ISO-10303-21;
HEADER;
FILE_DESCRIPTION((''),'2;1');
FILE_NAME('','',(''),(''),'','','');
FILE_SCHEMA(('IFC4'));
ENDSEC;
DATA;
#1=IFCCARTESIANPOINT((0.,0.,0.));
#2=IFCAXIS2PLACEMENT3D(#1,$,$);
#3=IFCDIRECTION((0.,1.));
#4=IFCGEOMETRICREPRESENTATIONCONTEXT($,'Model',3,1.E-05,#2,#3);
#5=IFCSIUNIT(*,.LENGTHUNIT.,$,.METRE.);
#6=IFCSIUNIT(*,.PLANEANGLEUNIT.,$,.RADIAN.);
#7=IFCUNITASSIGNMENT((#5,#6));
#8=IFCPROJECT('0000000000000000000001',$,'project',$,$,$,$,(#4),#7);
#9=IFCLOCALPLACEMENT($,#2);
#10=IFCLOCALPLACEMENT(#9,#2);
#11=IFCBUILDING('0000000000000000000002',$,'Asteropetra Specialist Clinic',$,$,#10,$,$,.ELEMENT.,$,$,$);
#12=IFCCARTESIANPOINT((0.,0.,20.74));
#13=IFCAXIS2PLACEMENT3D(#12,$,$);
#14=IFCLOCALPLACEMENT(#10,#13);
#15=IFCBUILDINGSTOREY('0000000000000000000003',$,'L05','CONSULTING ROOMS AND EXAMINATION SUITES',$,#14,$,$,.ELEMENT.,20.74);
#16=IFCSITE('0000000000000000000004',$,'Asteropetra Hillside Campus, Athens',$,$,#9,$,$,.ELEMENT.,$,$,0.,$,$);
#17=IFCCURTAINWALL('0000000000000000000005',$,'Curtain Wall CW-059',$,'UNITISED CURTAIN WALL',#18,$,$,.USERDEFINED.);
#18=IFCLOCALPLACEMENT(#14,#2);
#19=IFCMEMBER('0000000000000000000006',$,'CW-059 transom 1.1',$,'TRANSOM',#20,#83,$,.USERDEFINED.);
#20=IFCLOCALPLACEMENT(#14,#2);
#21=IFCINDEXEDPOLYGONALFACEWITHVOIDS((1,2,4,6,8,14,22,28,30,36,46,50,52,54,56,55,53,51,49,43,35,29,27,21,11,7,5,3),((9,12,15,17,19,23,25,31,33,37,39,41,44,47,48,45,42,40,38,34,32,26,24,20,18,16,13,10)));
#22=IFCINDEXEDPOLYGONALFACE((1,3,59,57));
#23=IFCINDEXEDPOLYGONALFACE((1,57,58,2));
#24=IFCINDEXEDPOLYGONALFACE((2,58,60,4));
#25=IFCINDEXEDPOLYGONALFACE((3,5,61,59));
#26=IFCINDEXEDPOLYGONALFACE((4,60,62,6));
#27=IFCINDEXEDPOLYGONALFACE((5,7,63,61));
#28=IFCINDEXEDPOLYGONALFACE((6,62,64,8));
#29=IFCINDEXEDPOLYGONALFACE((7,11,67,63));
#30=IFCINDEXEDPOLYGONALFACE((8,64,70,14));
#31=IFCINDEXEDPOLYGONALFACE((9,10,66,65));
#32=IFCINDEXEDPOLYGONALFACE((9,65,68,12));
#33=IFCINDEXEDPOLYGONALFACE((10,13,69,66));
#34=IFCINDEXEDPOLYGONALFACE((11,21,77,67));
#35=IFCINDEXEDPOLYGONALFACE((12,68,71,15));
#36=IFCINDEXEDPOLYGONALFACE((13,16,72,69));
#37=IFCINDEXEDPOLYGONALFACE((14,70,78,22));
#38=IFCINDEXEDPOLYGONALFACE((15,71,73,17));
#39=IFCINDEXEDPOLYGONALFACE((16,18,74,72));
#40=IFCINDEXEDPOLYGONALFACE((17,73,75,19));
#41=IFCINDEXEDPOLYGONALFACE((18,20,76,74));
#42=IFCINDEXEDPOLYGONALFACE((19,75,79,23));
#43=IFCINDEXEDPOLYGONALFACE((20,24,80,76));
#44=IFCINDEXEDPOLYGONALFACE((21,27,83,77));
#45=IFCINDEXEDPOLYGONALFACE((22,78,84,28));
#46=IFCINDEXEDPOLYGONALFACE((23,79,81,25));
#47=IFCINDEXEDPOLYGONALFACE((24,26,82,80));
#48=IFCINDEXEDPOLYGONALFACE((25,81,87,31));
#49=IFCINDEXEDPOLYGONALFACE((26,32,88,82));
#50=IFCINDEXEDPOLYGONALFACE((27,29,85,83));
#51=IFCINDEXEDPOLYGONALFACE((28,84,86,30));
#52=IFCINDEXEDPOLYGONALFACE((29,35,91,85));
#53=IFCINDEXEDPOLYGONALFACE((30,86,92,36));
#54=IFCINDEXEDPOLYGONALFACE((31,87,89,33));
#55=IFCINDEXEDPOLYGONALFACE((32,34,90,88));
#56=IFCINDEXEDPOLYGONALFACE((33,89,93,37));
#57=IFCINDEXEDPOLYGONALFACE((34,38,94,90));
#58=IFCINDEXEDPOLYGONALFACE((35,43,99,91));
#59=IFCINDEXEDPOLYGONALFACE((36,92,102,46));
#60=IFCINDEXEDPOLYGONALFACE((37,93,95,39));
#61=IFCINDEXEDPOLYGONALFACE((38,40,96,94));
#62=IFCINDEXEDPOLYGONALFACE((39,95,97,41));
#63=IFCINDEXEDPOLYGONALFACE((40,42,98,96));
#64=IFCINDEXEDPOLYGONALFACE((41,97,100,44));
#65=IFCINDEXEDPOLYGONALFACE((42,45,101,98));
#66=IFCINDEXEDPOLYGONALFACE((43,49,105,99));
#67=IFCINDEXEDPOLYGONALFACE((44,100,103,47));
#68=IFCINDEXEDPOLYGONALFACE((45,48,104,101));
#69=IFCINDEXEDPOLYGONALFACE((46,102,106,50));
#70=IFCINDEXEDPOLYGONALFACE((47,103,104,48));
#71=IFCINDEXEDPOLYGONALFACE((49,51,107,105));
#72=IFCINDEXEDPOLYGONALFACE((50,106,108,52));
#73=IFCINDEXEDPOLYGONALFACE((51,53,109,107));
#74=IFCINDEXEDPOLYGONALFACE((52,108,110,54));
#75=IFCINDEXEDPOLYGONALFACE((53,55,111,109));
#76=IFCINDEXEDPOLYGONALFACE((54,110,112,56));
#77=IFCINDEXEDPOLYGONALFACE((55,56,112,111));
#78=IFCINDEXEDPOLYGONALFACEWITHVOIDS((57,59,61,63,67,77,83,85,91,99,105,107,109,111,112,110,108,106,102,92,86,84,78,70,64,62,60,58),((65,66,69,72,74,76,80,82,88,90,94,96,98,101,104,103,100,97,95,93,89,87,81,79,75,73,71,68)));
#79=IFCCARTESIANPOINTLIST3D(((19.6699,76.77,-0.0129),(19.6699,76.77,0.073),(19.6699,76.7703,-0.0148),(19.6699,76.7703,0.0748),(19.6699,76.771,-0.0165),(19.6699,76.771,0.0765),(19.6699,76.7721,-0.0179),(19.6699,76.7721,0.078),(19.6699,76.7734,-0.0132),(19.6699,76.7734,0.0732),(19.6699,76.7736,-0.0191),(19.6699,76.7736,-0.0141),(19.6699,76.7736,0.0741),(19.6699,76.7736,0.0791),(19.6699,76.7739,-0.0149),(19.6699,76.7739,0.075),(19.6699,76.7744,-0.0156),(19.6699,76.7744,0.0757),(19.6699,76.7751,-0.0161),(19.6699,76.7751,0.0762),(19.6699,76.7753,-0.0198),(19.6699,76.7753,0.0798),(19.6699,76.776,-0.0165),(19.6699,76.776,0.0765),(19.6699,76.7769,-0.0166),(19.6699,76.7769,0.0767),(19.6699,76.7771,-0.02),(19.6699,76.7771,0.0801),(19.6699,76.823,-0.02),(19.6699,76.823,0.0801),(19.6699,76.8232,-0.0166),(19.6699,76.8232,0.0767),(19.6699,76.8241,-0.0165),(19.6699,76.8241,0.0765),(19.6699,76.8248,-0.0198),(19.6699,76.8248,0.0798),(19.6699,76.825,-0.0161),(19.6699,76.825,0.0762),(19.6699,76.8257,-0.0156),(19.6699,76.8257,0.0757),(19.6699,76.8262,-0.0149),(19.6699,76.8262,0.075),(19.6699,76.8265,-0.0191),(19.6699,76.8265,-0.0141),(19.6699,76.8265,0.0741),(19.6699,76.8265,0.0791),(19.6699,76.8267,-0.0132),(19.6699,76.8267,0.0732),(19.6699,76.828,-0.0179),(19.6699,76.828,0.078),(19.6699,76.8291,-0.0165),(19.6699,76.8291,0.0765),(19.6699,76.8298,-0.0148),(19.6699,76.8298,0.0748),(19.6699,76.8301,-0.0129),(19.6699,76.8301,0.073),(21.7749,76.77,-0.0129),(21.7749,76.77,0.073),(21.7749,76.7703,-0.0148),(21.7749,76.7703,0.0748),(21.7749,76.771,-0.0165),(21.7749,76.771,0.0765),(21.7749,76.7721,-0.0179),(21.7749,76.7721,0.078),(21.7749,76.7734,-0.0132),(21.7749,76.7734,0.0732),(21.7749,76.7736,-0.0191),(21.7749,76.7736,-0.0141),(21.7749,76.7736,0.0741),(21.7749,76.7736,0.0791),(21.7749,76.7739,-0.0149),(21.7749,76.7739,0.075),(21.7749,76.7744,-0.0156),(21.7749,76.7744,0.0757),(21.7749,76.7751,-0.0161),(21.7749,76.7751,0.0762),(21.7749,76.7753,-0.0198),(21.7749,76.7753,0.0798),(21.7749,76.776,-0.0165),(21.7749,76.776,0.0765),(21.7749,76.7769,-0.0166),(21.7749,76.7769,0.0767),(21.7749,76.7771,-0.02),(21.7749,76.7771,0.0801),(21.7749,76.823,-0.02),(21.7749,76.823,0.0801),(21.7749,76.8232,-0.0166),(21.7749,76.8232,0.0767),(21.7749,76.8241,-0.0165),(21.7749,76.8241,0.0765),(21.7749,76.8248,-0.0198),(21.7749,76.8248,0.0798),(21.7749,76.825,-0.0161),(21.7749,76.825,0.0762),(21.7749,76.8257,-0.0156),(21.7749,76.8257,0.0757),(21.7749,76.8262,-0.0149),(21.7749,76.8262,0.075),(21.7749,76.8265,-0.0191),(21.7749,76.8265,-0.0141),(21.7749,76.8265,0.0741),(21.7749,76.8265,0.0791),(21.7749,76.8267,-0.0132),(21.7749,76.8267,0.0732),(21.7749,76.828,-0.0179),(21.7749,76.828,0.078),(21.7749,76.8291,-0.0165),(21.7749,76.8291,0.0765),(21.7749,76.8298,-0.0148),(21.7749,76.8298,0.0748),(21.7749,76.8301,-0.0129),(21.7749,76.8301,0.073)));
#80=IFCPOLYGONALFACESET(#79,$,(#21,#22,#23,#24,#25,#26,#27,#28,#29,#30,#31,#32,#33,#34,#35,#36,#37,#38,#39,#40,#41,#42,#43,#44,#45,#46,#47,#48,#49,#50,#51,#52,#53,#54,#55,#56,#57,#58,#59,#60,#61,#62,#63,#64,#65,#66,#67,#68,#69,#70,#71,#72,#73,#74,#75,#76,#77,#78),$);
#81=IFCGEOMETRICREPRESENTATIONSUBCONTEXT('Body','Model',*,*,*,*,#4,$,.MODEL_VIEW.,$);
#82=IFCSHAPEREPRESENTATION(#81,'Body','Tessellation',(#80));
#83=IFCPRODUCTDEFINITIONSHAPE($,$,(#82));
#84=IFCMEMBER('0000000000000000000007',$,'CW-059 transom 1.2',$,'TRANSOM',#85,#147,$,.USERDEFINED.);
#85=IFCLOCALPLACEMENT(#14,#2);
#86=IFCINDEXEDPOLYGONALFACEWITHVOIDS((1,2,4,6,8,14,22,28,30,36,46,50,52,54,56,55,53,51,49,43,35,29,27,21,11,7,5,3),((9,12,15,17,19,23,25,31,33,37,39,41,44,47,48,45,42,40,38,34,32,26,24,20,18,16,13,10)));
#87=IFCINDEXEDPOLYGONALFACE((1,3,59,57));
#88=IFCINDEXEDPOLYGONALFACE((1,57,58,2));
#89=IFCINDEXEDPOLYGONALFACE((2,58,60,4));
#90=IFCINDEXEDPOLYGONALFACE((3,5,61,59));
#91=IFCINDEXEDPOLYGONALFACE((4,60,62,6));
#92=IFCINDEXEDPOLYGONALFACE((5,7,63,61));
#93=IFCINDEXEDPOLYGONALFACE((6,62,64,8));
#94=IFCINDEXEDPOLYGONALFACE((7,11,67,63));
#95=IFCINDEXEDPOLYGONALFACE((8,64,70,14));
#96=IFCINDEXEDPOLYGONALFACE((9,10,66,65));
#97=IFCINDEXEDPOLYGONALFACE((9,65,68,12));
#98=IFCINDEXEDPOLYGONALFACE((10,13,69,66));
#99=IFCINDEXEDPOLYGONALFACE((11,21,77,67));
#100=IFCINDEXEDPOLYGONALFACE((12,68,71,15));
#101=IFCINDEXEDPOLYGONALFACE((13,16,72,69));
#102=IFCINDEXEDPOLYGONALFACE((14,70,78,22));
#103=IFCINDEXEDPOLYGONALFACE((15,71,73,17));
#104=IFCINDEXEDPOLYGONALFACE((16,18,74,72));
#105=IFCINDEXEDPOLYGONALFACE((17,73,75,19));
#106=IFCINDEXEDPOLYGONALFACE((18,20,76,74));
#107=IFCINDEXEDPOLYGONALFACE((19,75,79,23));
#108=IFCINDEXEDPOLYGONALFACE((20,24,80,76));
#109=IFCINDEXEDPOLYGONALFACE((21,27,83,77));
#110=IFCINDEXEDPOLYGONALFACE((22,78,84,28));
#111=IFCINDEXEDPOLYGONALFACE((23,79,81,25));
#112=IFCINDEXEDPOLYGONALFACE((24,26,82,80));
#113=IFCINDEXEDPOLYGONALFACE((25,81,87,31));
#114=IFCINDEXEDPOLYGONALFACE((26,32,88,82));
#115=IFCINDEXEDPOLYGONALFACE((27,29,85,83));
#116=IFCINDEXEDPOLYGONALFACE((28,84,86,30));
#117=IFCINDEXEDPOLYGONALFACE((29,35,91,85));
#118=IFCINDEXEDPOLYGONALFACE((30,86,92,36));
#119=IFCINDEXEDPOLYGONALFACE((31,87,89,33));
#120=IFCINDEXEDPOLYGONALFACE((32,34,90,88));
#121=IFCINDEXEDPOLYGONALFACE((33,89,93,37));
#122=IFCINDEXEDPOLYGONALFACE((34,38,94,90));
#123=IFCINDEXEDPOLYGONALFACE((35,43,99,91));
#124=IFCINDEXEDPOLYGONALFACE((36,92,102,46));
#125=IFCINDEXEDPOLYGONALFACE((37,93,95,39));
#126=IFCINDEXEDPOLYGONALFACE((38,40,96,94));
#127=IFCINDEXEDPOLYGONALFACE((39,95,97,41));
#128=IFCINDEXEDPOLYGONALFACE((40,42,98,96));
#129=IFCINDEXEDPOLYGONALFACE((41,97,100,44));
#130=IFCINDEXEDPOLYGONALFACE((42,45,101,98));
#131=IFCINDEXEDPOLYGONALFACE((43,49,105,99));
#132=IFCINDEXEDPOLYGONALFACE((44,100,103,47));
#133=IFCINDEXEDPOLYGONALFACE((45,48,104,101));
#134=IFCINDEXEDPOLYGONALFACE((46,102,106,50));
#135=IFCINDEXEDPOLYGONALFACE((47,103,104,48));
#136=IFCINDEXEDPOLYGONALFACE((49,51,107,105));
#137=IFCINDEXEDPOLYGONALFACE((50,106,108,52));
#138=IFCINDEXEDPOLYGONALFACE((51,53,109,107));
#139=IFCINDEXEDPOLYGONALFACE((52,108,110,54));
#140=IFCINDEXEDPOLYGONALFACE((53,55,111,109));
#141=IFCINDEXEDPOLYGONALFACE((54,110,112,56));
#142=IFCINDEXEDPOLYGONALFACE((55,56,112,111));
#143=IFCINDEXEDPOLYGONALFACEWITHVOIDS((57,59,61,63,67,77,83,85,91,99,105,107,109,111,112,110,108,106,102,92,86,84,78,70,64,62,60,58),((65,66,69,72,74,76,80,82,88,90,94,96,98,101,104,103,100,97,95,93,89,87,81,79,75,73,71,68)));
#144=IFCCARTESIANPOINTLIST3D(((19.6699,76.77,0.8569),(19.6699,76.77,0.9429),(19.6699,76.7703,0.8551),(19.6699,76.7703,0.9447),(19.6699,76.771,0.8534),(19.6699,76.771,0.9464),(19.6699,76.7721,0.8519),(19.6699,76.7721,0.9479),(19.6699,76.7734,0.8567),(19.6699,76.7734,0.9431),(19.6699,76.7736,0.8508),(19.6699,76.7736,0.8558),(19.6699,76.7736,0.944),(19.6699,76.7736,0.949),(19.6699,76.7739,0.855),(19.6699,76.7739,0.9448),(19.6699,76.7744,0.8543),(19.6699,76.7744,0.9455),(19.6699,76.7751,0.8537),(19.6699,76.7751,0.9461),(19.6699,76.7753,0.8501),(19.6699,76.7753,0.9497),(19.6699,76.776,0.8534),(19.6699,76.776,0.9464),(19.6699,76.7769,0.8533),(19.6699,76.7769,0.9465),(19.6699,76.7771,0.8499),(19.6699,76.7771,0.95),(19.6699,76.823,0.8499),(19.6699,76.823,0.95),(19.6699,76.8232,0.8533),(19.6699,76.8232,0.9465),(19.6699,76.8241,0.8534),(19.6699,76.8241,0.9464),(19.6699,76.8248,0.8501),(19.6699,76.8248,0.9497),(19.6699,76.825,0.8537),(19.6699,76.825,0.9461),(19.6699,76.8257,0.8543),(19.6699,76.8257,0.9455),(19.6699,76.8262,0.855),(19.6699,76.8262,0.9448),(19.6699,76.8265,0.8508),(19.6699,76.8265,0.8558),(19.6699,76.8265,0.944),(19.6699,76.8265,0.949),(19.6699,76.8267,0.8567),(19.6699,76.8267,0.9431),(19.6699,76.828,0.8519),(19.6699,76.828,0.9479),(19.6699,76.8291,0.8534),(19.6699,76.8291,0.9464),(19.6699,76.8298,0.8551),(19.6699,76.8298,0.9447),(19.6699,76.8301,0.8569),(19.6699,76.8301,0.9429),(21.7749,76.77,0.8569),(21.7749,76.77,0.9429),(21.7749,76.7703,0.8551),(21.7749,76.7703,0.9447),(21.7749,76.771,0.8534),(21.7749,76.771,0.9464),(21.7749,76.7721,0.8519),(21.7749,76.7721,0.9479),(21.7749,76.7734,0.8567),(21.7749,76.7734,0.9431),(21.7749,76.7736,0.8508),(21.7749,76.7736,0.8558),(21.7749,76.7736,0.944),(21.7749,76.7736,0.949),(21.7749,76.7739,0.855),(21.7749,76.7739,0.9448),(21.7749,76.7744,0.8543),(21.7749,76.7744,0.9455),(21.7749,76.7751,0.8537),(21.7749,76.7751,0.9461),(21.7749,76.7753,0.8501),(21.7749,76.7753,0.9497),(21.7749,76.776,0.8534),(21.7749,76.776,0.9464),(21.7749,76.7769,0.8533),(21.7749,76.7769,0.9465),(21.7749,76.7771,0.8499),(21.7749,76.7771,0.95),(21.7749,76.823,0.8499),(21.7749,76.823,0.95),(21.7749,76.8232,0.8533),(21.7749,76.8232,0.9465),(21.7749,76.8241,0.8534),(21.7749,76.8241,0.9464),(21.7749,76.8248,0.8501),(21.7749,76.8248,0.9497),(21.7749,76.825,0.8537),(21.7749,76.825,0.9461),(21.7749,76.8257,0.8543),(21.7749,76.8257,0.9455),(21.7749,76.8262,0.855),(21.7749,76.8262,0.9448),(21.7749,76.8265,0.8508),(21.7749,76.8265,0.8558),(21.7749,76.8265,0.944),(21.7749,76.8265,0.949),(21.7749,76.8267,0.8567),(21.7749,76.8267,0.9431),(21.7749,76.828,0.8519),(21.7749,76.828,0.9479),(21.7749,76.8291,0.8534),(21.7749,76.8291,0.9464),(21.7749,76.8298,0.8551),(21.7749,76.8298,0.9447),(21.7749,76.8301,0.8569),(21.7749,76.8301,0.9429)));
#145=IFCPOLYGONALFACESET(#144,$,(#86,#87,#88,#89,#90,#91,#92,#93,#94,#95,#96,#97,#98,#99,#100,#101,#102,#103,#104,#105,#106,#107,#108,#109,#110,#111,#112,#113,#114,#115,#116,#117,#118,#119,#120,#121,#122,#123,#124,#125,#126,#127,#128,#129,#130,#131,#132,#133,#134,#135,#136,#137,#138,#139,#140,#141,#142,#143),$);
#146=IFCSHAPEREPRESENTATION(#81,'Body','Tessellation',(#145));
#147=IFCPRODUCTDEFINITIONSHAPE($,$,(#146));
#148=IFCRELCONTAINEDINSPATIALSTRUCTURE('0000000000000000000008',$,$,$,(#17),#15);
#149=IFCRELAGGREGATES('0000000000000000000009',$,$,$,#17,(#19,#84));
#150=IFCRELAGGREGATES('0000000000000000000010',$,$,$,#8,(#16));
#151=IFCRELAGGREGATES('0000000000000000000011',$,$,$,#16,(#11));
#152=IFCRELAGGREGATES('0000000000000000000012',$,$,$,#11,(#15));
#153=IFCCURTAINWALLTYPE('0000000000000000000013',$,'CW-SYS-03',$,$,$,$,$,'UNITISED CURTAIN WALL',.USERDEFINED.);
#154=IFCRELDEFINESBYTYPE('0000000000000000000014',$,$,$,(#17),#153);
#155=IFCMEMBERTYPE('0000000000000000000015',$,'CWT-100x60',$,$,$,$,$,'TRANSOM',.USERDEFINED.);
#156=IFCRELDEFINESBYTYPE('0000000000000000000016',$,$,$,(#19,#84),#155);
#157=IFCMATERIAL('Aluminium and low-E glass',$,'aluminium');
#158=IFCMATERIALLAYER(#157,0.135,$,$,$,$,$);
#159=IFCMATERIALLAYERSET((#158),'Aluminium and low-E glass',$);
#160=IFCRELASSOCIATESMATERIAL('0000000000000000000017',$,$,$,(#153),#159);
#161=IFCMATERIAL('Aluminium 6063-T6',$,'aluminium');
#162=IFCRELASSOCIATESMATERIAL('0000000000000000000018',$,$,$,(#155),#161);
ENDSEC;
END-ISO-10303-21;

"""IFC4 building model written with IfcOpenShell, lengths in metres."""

from ifc_helpers import new_model, si_unit, direction, frame, origin, origin_2d, place, context, subcontext, project, spatial, hollow_rectangle, extrude, material, layer, layer_set, material_profile, profile_set, type_object, element, aggregate, save


model = new_model("IFC4")

# Units and contexts
model_context = context("Model", 3, precision=1e-05, world=origin(), true_north=direction((0.0, 1.0)))
body_context = subcontext(model_context, "Body", "Model", "MODEL_VIEW")
ifc_project = project(units=[si_unit("LENGTHUNIT", "METRE"), si_unit("PLANEANGLEUNIT", "RADIAN")], contexts=[model_context])

# Site, building, storey
site_placement = place(None, origin())
site = spatial("IfcSite", under=ifc_project, at=site_placement, Name="Asteropetra Hillside Campus, Athens", CompositionType="ELEMENT", RefElevation=0.0)
building_placement = place(site_placement, origin())
building = spatial("IfcBuilding", under=site, at=building_placement, Name="Asteropetra Specialist Clinic", CompositionType="ELEMENT")
storey_placement = place(building_placement, frame((0.0, 0.0, 20.74)))
storey = spatial("IfcBuildingStorey", under=building, at=storey_placement, Name="L05", Description="CONSULTING ROOMS AND EXAMINATION SUITES", CompositionType="ELEMENT", Elevation=20.74)

# Curtain wall
ifc_material_1 = material(Name="Aluminium and low-E glass", Category="aluminium")
ifc_layer_1 = layer(ifc_material_1, 0.135)
ifc_layer_set_1 = layer_set([ifc_layer_1], Name="Aluminium and low-E glass")
curtain_wall_type_1 = type_object("IfcCurtainWallType", Name="CW-SYS-03", ElementType="UNITISED CURTAIN WALL", PredefinedType="USERDEFINED", material=ifc_layer_set_1)
curtain_wall_1_placement = place(storey_placement, origin())
curtain_wall_1 = element("IfcCurtainWall", 1, at=curtain_wall_1_placement, inside=storey, type_object=curtain_wall_type_1, Name="Curtain Wall CW-059", ObjectType="UNITISED CURTAIN WALL", PredefinedType="USERDEFINED")

# Members
ifc_material_2 = material(Name="Aluminium 6063-T6", Category="aluminium")
ifc_material_profile_1 = material_profile(ifc_material_2, hollow_rectangle(XDim=0.0601, YDim=0.1001, WallThickness=0.0034, InnerFilletRadius=0.0034, OuterFilletRadius=0.0071, at=origin_2d()), Name="TRN 100x60x3.5")
ifc_profile_set_1 = profile_set([ifc_material_profile_1], Name="Aluminium 6063-T6")
member_type_1 = type_object("IfcMemberType", Name="CWT-100x60", ElementType="TRANSOM", PredefinedType="USERDEFINED", material=ifc_profile_set_1)
member_1_placement = place(storey_placement, frame((19.6699, 76.8, 0.03), z_axis=(1.0, 0.0, 0.0), x_axis=(0.0, 1.0, 0.0)))
member_1 = element("IfcMember", 2, at=member_1_placement, type_object=member_type_1, Name="CW-059 transom 1.1", ObjectType="TRANSOM", PredefinedType="USERDEFINED", context=body_context, shape_type="SweptSolid", body=[
    extrude(hollow_rectangle(XDim=0.0601, YDim=0.1001, WallThickness=0.0034, InnerFilletRadius=0.0034, OuterFilletRadius=0.0071, at=origin_2d()), origin(), (0.0, 0.0, 1.0), 2.105),
])
member_2_placement = place(storey_placement, frame((19.6699, 76.8, 0.8999), z_axis=(1.0, 0.0, 0.0), x_axis=(0.0, 1.0, 0.0)))
member_2 = element("IfcMember", 3, at=member_2_placement, type_object=member_type_1, Name="CW-059 transom 1.2", ObjectType="TRANSOM", PredefinedType="USERDEFINED", context=body_context, shape_type="SweptSolid", body=[
    extrude(hollow_rectangle(XDim=0.0601, YDim=0.1001, WallThickness=0.0034, InnerFilletRadius=0.0034, OuterFilletRadius=0.0071, at=origin_2d()), origin(), (0.0, 0.0, 1.0), 2.105),
])

aggregate(curtain_wall_1, [member_1, member_2])

save(model, "model.ifc")
